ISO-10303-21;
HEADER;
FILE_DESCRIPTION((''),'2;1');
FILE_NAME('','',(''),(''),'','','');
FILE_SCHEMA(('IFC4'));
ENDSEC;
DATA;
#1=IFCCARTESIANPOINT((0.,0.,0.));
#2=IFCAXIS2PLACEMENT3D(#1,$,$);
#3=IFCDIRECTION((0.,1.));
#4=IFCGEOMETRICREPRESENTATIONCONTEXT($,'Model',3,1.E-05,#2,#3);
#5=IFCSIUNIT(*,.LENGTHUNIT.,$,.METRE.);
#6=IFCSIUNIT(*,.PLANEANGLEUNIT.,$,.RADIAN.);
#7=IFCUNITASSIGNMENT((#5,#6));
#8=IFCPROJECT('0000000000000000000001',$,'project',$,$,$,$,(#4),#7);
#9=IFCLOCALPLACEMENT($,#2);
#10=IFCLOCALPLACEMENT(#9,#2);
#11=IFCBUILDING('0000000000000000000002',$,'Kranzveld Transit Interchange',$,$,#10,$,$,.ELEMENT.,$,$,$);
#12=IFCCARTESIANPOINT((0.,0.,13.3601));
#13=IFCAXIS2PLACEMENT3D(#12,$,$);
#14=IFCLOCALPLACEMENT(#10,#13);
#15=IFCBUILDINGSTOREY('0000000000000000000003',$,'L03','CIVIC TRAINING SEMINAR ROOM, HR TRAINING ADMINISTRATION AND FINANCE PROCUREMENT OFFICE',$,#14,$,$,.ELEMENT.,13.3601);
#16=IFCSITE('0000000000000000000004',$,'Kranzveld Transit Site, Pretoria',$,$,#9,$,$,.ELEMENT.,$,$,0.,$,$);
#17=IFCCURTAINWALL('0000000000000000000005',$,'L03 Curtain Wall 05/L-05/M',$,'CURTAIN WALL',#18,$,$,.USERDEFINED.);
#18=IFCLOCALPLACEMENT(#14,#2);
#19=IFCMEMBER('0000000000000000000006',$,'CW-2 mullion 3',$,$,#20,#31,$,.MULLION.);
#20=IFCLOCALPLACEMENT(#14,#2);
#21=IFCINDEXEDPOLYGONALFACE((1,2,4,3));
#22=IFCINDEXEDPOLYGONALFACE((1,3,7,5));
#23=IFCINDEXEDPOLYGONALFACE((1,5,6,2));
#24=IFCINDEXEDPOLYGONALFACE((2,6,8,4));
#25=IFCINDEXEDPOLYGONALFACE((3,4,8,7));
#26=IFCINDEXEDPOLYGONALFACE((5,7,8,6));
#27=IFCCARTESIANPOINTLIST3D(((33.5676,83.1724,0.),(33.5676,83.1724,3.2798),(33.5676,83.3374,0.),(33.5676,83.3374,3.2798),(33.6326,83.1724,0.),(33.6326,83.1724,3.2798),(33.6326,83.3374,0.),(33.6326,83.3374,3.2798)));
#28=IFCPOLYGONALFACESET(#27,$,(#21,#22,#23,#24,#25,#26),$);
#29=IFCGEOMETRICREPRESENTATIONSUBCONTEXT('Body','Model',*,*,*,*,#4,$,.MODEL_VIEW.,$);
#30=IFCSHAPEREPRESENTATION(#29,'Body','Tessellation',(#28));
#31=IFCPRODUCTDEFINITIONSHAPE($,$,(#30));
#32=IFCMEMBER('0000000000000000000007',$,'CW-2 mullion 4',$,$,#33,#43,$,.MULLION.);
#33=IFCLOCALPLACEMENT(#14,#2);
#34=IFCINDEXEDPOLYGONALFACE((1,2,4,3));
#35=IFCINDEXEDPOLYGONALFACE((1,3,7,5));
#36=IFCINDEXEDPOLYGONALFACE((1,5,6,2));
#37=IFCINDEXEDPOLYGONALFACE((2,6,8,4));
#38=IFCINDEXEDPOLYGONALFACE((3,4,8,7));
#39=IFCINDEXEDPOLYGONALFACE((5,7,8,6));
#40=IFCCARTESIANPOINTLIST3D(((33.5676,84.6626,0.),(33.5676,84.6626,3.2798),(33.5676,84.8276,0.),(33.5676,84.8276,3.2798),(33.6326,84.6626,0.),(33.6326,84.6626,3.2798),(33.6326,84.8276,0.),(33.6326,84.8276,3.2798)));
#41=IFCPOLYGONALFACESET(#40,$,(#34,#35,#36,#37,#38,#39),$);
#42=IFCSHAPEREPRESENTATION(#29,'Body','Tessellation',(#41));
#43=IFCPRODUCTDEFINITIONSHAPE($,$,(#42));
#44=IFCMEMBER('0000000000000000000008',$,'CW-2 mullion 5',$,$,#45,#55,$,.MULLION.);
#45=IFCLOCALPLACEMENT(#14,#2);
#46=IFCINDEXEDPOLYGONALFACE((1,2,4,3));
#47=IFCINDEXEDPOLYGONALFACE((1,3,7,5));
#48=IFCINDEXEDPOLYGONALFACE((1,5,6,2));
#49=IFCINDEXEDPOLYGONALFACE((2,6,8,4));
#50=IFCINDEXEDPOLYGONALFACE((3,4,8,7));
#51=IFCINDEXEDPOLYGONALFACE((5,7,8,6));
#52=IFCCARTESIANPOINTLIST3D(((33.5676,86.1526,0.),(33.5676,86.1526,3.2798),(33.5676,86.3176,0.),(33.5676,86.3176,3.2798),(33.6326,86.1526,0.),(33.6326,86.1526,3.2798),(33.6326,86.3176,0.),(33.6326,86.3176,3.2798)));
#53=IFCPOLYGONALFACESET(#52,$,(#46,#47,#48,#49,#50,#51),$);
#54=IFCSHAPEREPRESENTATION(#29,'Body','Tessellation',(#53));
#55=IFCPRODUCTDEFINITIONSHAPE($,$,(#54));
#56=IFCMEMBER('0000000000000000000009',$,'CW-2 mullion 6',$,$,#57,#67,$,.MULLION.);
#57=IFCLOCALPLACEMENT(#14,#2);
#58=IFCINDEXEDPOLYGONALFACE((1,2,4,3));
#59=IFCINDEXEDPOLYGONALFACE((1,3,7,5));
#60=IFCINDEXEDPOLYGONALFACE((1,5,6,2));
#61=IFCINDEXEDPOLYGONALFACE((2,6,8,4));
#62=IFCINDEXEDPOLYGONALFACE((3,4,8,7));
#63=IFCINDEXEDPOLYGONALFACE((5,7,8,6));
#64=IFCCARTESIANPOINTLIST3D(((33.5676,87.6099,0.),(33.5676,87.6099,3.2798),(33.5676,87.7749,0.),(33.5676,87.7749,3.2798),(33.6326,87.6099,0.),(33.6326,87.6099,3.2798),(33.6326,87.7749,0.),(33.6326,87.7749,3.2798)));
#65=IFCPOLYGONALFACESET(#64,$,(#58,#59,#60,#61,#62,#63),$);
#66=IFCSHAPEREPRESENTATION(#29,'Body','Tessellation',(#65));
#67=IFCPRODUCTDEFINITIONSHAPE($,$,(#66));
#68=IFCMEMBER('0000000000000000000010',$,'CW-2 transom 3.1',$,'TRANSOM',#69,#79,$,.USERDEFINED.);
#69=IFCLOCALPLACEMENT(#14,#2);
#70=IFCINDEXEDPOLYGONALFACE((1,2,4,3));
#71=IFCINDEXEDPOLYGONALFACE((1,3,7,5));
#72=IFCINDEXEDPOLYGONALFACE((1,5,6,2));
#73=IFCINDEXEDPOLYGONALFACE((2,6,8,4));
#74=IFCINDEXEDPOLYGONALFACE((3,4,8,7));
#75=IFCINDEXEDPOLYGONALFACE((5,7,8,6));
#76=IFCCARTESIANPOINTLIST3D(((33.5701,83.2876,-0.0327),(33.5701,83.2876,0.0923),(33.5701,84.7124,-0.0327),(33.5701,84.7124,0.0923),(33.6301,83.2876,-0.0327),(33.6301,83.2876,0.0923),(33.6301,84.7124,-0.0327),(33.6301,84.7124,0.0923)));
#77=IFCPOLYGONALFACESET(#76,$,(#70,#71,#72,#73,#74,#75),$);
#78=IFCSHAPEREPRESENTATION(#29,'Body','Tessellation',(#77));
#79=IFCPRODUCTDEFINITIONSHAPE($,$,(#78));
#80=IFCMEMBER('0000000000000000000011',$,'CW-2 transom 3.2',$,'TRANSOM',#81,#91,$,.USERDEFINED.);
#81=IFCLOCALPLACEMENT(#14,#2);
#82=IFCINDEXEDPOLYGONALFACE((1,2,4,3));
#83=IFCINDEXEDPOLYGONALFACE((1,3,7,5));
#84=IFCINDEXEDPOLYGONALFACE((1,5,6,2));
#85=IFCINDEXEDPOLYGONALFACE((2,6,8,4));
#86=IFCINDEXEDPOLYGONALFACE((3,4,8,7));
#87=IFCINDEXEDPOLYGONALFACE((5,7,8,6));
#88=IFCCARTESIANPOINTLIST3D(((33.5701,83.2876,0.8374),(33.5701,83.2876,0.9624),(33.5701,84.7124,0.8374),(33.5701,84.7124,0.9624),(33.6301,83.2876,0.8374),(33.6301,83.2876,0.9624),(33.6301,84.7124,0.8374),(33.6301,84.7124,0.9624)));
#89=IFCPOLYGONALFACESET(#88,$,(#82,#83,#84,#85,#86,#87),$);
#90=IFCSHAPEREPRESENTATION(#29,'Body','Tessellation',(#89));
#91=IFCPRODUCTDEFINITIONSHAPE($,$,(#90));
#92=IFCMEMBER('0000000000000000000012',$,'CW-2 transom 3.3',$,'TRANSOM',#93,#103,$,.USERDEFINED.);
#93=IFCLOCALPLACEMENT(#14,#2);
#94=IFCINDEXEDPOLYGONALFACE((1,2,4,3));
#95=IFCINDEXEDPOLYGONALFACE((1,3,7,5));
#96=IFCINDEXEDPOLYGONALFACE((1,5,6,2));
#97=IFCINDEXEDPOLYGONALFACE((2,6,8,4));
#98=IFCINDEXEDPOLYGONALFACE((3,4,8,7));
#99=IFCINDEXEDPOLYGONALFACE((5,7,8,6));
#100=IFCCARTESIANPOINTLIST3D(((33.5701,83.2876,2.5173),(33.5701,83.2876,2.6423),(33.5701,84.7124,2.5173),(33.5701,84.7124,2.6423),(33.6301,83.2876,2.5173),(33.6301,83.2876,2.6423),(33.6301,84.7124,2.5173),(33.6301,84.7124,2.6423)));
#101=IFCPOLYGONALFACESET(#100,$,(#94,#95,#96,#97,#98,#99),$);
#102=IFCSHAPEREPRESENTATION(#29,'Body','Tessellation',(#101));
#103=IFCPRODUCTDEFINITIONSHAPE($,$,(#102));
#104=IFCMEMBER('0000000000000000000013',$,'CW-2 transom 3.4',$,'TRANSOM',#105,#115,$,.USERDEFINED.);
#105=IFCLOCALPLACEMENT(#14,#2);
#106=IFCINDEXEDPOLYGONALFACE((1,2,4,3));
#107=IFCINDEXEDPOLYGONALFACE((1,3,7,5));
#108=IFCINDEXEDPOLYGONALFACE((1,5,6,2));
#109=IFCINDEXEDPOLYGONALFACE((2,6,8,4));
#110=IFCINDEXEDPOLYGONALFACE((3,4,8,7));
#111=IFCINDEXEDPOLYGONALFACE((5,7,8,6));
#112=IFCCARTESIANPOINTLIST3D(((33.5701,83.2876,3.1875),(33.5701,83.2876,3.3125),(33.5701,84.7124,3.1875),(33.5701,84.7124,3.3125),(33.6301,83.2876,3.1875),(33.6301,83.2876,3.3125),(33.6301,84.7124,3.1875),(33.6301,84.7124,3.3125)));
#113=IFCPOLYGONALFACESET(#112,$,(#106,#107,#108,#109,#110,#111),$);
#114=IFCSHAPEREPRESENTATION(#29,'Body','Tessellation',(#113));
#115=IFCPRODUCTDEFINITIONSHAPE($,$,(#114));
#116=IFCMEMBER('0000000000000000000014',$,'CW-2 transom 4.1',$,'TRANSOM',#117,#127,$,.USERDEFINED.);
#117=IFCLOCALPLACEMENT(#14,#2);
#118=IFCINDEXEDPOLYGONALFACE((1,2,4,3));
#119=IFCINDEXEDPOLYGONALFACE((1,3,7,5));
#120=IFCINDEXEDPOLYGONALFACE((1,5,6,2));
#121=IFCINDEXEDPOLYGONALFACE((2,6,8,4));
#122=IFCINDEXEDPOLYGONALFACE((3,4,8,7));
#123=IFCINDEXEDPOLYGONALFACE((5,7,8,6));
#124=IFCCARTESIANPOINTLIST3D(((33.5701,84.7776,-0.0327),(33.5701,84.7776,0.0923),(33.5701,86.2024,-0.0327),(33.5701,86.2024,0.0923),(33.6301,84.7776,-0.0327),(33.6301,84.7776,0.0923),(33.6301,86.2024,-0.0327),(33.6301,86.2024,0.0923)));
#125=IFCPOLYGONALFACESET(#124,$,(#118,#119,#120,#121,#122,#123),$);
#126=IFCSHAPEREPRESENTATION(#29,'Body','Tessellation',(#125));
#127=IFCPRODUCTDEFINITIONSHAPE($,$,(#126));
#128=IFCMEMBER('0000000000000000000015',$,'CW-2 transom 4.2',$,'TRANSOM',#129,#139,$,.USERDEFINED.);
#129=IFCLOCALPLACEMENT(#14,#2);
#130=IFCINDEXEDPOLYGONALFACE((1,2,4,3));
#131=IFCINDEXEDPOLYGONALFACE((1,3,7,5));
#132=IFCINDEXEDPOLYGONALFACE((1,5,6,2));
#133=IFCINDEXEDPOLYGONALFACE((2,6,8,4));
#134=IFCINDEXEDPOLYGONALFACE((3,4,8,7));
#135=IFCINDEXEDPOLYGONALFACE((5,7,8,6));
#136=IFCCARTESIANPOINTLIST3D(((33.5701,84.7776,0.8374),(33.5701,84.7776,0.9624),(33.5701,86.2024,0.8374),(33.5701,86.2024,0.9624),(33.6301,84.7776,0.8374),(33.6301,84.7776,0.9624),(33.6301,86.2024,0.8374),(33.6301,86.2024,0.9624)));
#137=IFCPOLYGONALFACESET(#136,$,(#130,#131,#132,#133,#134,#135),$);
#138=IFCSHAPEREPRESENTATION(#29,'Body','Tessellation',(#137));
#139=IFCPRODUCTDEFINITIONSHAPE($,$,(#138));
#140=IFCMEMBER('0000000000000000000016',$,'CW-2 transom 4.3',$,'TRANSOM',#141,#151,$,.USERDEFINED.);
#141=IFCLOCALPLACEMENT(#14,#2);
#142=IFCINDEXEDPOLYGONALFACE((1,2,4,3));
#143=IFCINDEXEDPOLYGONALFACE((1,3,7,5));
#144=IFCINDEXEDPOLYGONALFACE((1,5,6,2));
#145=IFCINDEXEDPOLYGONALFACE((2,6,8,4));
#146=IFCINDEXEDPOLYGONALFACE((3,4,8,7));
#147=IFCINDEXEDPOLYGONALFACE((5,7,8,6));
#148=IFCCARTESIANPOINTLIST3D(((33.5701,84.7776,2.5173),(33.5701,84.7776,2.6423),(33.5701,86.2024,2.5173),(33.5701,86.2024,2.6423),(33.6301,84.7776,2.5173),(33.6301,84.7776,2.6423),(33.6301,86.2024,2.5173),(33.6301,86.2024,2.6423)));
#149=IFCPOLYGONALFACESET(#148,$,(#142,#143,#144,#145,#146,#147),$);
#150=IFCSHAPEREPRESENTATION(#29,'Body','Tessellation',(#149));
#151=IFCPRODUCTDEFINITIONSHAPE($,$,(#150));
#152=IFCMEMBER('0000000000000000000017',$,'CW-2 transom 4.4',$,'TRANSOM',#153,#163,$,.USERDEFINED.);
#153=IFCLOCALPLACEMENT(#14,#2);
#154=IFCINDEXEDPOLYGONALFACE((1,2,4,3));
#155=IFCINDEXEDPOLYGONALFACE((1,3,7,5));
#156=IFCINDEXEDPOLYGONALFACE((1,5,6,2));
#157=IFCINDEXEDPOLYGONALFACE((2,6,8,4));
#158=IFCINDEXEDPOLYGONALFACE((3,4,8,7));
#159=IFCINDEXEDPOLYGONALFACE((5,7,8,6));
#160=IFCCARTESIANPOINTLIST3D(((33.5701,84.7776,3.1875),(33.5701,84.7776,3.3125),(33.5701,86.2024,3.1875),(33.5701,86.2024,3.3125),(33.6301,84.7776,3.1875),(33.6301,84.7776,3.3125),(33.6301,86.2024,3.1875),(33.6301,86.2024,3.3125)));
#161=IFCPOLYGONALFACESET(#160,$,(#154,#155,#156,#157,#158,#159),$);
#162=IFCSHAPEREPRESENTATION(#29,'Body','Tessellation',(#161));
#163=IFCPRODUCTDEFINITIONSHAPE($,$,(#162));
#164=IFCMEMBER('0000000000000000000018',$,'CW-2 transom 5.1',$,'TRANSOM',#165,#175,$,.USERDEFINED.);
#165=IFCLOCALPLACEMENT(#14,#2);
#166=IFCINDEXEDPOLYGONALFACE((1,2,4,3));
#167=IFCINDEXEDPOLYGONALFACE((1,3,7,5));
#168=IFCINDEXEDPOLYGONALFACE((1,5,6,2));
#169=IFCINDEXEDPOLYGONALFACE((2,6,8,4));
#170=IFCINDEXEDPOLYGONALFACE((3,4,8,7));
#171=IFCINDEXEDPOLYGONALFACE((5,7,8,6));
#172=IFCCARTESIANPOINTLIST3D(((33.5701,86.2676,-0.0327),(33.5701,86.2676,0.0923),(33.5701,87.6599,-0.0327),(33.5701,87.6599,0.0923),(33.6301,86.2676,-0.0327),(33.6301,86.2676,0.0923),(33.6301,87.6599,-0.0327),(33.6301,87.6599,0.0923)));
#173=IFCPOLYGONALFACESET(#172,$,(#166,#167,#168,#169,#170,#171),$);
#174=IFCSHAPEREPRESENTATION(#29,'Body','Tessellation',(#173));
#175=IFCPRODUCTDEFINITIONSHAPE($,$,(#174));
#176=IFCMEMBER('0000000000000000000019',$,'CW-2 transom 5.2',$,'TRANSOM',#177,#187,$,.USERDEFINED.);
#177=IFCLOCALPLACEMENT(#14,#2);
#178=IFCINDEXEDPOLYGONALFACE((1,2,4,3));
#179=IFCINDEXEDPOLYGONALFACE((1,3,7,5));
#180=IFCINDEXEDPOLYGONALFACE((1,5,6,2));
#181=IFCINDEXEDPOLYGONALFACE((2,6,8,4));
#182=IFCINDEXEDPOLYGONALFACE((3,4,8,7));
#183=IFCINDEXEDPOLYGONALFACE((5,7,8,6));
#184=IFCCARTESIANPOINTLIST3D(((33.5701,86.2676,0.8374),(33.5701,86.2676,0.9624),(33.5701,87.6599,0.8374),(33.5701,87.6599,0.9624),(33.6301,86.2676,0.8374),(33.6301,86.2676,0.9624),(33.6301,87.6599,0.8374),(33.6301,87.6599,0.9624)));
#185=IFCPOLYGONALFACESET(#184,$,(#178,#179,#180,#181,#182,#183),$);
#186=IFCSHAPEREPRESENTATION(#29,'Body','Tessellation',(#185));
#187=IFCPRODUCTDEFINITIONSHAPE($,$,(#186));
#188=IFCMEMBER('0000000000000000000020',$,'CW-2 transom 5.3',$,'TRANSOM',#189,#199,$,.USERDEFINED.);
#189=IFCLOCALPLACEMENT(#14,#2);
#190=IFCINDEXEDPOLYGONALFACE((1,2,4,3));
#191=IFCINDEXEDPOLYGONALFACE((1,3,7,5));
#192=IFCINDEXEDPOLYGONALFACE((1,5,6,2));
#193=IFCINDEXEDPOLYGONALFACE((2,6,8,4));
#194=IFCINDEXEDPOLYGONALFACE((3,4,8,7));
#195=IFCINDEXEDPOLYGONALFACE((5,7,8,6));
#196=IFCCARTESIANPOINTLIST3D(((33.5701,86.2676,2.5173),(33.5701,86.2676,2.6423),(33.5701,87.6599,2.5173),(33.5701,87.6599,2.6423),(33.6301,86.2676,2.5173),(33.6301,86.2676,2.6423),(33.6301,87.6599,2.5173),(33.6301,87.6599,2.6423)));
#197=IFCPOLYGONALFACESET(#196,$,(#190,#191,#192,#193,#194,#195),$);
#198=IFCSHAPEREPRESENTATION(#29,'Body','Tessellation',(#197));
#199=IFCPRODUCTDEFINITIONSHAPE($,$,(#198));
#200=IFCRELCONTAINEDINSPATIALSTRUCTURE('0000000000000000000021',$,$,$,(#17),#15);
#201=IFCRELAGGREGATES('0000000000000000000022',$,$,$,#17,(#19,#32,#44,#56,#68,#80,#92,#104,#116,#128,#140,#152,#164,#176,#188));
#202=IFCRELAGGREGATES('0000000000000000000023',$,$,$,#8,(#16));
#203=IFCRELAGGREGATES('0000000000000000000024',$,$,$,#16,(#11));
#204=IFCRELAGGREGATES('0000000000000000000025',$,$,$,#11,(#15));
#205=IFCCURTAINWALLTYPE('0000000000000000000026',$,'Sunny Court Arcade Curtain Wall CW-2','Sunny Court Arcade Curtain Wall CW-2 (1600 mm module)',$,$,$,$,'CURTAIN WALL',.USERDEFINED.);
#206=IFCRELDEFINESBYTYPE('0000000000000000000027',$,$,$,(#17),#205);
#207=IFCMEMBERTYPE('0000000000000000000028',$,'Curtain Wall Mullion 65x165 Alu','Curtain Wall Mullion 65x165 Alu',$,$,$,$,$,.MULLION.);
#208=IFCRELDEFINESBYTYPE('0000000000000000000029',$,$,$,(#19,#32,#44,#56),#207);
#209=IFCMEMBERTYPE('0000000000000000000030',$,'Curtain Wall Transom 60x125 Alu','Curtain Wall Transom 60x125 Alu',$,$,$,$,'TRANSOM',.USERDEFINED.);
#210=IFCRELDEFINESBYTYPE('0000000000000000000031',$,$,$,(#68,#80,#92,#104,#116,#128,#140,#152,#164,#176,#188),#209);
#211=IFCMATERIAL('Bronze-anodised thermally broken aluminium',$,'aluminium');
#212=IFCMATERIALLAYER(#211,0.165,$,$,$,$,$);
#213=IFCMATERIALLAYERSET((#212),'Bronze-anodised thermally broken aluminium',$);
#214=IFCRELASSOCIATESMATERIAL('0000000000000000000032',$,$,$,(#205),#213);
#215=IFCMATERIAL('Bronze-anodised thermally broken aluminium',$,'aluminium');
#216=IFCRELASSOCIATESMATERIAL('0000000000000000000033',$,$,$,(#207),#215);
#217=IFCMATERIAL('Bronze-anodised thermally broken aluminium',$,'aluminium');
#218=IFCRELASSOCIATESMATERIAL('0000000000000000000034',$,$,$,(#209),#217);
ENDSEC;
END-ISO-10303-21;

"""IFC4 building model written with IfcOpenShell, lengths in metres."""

from ifc_helpers import new_model, si_unit, direction, frame, origin, origin_2d, place, context, subcontext, project, spatial, rectangle, extrude, material, layer, layer_set, material_profile, profile_set, type_object, element, aggregate, save


model = new_model("IFC4")

# Units and contexts
model_context = context("Model", 3, precision=1e-05, world=origin(), true_north=direction((0.0, 1.0)))
body_context = subcontext(model_context, "Body", "Model", "MODEL_VIEW")
ifc_project = project(units=[si_unit("LENGTHUNIT", "METRE"), si_unit("PLANEANGLEUNIT", "RADIAN")], contexts=[model_context])

# Site, building, storey
site_placement = place(None, origin())
site = spatial("IfcSite", under=ifc_project, at=site_placement, Name="Kranzveld Transit Site, Pretoria", CompositionType="ELEMENT", RefElevation=0.0)
building_placement = place(site_placement, origin())
building = spatial("IfcBuilding", under=site, at=building_placement, Name="Kranzveld Transit Interchange", CompositionType="ELEMENT")
storey_placement = place(building_placement, frame((0.0, 0.0, 13.3601)))
storey = spatial("IfcBuildingStorey", under=building, at=storey_placement, Name="L03", Description="CIVIC TRAINING SEMINAR ROOM, HR TRAINING ADMINISTRATION AND FINANCE PROCUREMENT OFFICE", CompositionType="ELEMENT", Elevation=13.3601)

# Curtain wall, members
ifc_material_1 = material(Name="Bronze-anodised thermally broken aluminium", Category="aluminium")
ifc_layer_1 = layer(ifc_material_1, 0.165)
ifc_layer_set_1 = layer_set([ifc_layer_1], Name="Bronze-anodised thermally broken aluminium")
curtain_wall_type = type_object("IfcCurtainWallType", Name="Sunny Court Arcade Curtain Wall CW-2", Description="Sunny Court Arcade Curtain Wall CW-2 (1600 mm module)", ElementType="CURTAIN WALL", PredefinedType="USERDEFINED", material=ifc_layer_set_1)
curtain_wall_placement = place(storey_placement, origin())
curtain_wall = element("IfcCurtainWall", 1, at=curtain_wall_placement, inside=storey, type_object=curtain_wall_type, Name="L03 Curtain Wall 05/L-05/M", ObjectType="CURTAIN WALL", PredefinedType="USERDEFINED")
ifc_material_2 = material(Name="Bronze-anodised thermally broken aluminium", Category="aluminium")
ifc_material_profile_1 = material_profile(ifc_material_2, rectangle(XDim=0.0649, YDim=0.165, at=origin_2d()), Name="ALU MULLION 65x165")
ifc_profile_set_1 = profile_set([ifc_material_profile_1], Name="Bronze-anodised thermally broken aluminium")
member_type_1 = type_object("IfcMemberType", Name="Curtain Wall Mullion 65x165 Alu", Description="Curtain Wall Mullion 65x165 Alu", PredefinedType="MULLION", material=ifc_profile_set_1)
member_1_placement = place(storey_placement, frame((33.6001, 83.2549, 0.0), z_axis=(0.0, 0.0, 1.0), x_axis=(-1.0, 0.0, 0.0)))
member_1 = element("IfcMember", 2, at=member_1_placement, type_object=member_type_1, Name="CW-2 mullion 3", PredefinedType="MULLION", context=body_context, shape_type="SweptSolid", body=[
    extrude(rectangle(XDim=0.0649, YDim=0.165, at=origin_2d()), origin(), (0.0, 0.0, 1.0), 3.2798),
])
member_2_placement = place(storey_placement, frame((33.6001, 84.7451, 0.0), z_axis=(0.0, 0.0, 1.0), x_axis=(-1.0, 0.0, 0.0)))
member_2 = element("IfcMember", 3, at=member_2_placement, type_object=member_type_1, Name="CW-2 mullion 4", PredefinedType="MULLION", context=body_context, shape_type="SweptSolid", body=[
    extrude(rectangle(XDim=0.0649, YDim=0.165, at=origin_2d()), origin(), (0.0, 0.0, 1.0), 3.2798),
])
member_3_placement = place(storey_placement, frame((33.6001, 86.2351, 0.0), z_axis=(0.0, 0.0, 1.0), x_axis=(-1.0, 0.0, 0.0)))
member_3 = element("IfcMember", 4, at=member_3_placement, type_object=member_type_1, Name="CW-2 mullion 5", PredefinedType="MULLION", context=body_context, shape_type="SweptSolid", body=[
    extrude(rectangle(XDim=0.0649, YDim=0.165, at=origin_2d()), origin(), (0.0, 0.0, 1.0), 3.2798),
])
member_4_placement = place(storey_placement, frame((33.6001, 87.6924, 0.0), z_axis=(0.0, 0.0, 1.0), x_axis=(-1.0, 0.0, 0.0)))
member_4 = element("IfcMember", 5, at=member_4_placement, type_object=member_type_1, Name="CW-2 mullion 6", PredefinedType="MULLION", context=body_context, shape_type="SweptSolid", body=[
    extrude(rectangle(XDim=0.0649, YDim=0.165, at=origin_2d()), origin(), (0.0, 0.0, 1.0), 3.2798),
])
ifc_material_3 = material(Name="Bronze-anodised thermally broken aluminium", Category="aluminium")
ifc_material_profile_2 = material_profile(ifc_material_3, rectangle(XDim=0.0601, YDim=0.125, at=origin_2d()), Name="ALU TRANSOM 60x125")
ifc_profile_set_2 = profile_set([ifc_material_profile_2], Name="Bronze-anodised thermally broken aluminium")
member_type_2 = type_object("IfcMemberType", Name="Curtain Wall Transom 60x125 Alu", Description="Curtain Wall Transom 60x125 Alu", ElementType="TRANSOM", PredefinedType="USERDEFINED", material=ifc_profile_set_2)
member_5_placement = place(storey_placement, frame((33.6001, 83.2876, 0.0298), z_axis=(0.0, 1.0, 0.0), x_axis=(-1.0, 0.0, 0.0)))
member_5 = element("IfcMember", 6, at=member_5_placement, type_object=member_type_2, Name="CW-2 transom 3.1", ObjectType="TRANSOM", PredefinedType="USERDEFINED", context=body_context, shape_type="SweptSolid", body=[
    extrude(rectangle(XDim=0.0601, YDim=0.125, at=origin_2d()), origin(), (0.0, 0.0, 1.0), 1.4248),
])
member_6_placement = place(storey_placement, frame((33.6001, 83.2876, 0.8999), z_axis=(0.0, 1.0, 0.0), x_axis=(-1.0, 0.0, 0.0)))
member_6 = element("IfcMember", 7, at=member_6_placement, type_object=member_type_2, Name="CW-2 transom 3.2", ObjectType="TRANSOM", PredefinedType="USERDEFINED", context=body_context, shape_type="SweptSolid", body=[
    extrude(rectangle(XDim=0.0601, YDim=0.125, at=origin_2d()), origin(), (0.0, 0.0, 1.0), 1.4248),
])
member_7_placement = place(storey_placement, frame((33.6001, 83.2876, 2.5798), z_axis=(0.0, 1.0, 0.0), x_axis=(-1.0, 0.0, 0.0)))
member_7 = element("IfcMember", 8, at=member_7_placement, type_object=member_type_2, Name="CW-2 transom 3.3", ObjectType="TRANSOM", PredefinedType="USERDEFINED", context=body_context, shape_type="SweptSolid", body=[
    extrude(rectangle(XDim=0.0601, YDim=0.125, at=origin_2d()), origin(), (0.0, 0.0, 1.0), 1.4248),
])
member_8_placement = place(storey_placement, frame((33.6001, 83.2876, 3.25), z_axis=(0.0, 1.0, 0.0), x_axis=(-1.0, 0.0, 0.0)))
member_8 = element("IfcMember", 9, at=member_8_placement, type_object=member_type_2, Name="CW-2 transom 3.4", ObjectType="TRANSOM", PredefinedType="USERDEFINED", context=body_context, shape_type="SweptSolid", body=[
    extrude(rectangle(XDim=0.0601, YDim=0.125, at=origin_2d()), origin(), (0.0, 0.0, 1.0), 1.4248),
])
member_9_placement = place(storey_placement, frame((33.6001, 84.7776, 0.0298), z_axis=(0.0, 1.0, 0.0), x_axis=(-1.0, 0.0, 0.0)))
member_9 = element("IfcMember", 10, at=member_9_placement, type_object=member_type_2, Name="CW-2 transom 4.1", ObjectType="TRANSOM", PredefinedType="USERDEFINED", context=body_context, shape_type="SweptSolid", body=[
    extrude(rectangle(XDim=0.0601, YDim=0.125, at=origin_2d()), origin(), (0.0, 0.0, 1.0), 1.4248),
])
member_10_placement = place(storey_placement, frame((33.6001, 84.7776, 0.8999), z_axis=(0.0, 1.0, 0.0), x_axis=(-1.0, 0.0, 0.0)))
member_10 = element("IfcMember", 11, at=member_10_placement, type_object=member_type_2, Name="CW-2 transom 4.2", ObjectType="TRANSOM", PredefinedType="USERDEFINED", context=body_context, shape_type="SweptSolid", body=[
    extrude(rectangle(XDim=0.0601, YDim=0.125, at=origin_2d()), origin(), (0.0, 0.0, 1.0), 1.4248),
])
member_11_placement = place(storey_placement, frame((33.6001, 84.7776, 2.5798), z_axis=(0.0, 1.0, 0.0), x_axis=(-1.0, 0.0, 0.0)))
member_11 = element("IfcMember", 12, at=member_11_placement, type_object=member_type_2, Name="CW-2 transom 4.3", ObjectType="TRANSOM", PredefinedType="USERDEFINED", context=body_context, shape_type="SweptSolid", body=[
    extrude(rectangle(XDim=0.0601, YDim=0.125, at=origin_2d()), origin(), (0.0, 0.0, 1.0), 1.4248),
])
member_12_placement = place(storey_placement, frame((33.6001, 84.7776, 3.25), z_axis=(0.0, 1.0, 0.0), x_axis=(-1.0, 0.0, 0.0)))
member_12 = element("IfcMember", 13, at=member_12_placement, type_object=member_type_2, Name="CW-2 transom 4.4", ObjectType="TRANSOM", PredefinedType="USERDEFINED", context=body_context, shape_type="SweptSolid", body=[
    extrude(rectangle(XDim=0.0601, YDim=0.125, at=origin_2d()), origin(), (0.0, 0.0, 1.0), 1.4248),
])
member_13_placement = place(storey_placement, frame((33.6001, 86.2676, 0.0298), z_axis=(0.0, 1.0, 0.0), x_axis=(-1.0, 0.0, 0.0)))
member_13 = element("IfcMember", 14, at=member_13_placement, type_object=member_type_2, Name="CW-2 transom 5.1", ObjectType="TRANSOM", PredefinedType="USERDEFINED", context=body_context, shape_type="SweptSolid", body=[
    extrude(rectangle(XDim=0.0601, YDim=0.125, at=origin_2d()), origin(), (0.0, 0.0, 1.0), 1.3923),
])
member_14_placement = place(storey_placement, frame((33.6001, 86.2676, 0.8999), z_axis=(0.0, 1.0, 0.0), x_axis=(-1.0, 0.0, 0.0)))
member_14 = element("IfcMember", 15, at=member_14_placement, type_object=member_type_2, Name="CW-2 transom 5.2", ObjectType="TRANSOM", PredefinedType="USERDEFINED", context=body_context, shape_type="SweptSolid", body=[
    extrude(rectangle(XDim=0.0601, YDim=0.125, at=origin_2d()), origin(), (0.0, 0.0, 1.0), 1.3923),
])
member_15_placement = place(storey_placement, frame((33.6001, 86.2676, 2.5798), z_axis=(0.0, 1.0, 0.0), x_axis=(-1.0, 0.0, 0.0)))
member_15 = element("IfcMember", 16, at=member_15_placement, type_object=member_type_2, Name="CW-2 transom 5.3", ObjectType="TRANSOM", PredefinedType="USERDEFINED", context=body_context, shape_type="SweptSolid", body=[
    extrude(rectangle(XDim=0.0601, YDim=0.125, at=origin_2d()), origin(), (0.0, 0.0, 1.0), 1.3923),
])
aggregate(curtain_wall, [member_1, member_2, member_3, member_4, member_5, member_6, member_7, member_8, member_9, member_10, member_11, member_12, member_13, member_14, member_15])

save(model, "model.ifc")
